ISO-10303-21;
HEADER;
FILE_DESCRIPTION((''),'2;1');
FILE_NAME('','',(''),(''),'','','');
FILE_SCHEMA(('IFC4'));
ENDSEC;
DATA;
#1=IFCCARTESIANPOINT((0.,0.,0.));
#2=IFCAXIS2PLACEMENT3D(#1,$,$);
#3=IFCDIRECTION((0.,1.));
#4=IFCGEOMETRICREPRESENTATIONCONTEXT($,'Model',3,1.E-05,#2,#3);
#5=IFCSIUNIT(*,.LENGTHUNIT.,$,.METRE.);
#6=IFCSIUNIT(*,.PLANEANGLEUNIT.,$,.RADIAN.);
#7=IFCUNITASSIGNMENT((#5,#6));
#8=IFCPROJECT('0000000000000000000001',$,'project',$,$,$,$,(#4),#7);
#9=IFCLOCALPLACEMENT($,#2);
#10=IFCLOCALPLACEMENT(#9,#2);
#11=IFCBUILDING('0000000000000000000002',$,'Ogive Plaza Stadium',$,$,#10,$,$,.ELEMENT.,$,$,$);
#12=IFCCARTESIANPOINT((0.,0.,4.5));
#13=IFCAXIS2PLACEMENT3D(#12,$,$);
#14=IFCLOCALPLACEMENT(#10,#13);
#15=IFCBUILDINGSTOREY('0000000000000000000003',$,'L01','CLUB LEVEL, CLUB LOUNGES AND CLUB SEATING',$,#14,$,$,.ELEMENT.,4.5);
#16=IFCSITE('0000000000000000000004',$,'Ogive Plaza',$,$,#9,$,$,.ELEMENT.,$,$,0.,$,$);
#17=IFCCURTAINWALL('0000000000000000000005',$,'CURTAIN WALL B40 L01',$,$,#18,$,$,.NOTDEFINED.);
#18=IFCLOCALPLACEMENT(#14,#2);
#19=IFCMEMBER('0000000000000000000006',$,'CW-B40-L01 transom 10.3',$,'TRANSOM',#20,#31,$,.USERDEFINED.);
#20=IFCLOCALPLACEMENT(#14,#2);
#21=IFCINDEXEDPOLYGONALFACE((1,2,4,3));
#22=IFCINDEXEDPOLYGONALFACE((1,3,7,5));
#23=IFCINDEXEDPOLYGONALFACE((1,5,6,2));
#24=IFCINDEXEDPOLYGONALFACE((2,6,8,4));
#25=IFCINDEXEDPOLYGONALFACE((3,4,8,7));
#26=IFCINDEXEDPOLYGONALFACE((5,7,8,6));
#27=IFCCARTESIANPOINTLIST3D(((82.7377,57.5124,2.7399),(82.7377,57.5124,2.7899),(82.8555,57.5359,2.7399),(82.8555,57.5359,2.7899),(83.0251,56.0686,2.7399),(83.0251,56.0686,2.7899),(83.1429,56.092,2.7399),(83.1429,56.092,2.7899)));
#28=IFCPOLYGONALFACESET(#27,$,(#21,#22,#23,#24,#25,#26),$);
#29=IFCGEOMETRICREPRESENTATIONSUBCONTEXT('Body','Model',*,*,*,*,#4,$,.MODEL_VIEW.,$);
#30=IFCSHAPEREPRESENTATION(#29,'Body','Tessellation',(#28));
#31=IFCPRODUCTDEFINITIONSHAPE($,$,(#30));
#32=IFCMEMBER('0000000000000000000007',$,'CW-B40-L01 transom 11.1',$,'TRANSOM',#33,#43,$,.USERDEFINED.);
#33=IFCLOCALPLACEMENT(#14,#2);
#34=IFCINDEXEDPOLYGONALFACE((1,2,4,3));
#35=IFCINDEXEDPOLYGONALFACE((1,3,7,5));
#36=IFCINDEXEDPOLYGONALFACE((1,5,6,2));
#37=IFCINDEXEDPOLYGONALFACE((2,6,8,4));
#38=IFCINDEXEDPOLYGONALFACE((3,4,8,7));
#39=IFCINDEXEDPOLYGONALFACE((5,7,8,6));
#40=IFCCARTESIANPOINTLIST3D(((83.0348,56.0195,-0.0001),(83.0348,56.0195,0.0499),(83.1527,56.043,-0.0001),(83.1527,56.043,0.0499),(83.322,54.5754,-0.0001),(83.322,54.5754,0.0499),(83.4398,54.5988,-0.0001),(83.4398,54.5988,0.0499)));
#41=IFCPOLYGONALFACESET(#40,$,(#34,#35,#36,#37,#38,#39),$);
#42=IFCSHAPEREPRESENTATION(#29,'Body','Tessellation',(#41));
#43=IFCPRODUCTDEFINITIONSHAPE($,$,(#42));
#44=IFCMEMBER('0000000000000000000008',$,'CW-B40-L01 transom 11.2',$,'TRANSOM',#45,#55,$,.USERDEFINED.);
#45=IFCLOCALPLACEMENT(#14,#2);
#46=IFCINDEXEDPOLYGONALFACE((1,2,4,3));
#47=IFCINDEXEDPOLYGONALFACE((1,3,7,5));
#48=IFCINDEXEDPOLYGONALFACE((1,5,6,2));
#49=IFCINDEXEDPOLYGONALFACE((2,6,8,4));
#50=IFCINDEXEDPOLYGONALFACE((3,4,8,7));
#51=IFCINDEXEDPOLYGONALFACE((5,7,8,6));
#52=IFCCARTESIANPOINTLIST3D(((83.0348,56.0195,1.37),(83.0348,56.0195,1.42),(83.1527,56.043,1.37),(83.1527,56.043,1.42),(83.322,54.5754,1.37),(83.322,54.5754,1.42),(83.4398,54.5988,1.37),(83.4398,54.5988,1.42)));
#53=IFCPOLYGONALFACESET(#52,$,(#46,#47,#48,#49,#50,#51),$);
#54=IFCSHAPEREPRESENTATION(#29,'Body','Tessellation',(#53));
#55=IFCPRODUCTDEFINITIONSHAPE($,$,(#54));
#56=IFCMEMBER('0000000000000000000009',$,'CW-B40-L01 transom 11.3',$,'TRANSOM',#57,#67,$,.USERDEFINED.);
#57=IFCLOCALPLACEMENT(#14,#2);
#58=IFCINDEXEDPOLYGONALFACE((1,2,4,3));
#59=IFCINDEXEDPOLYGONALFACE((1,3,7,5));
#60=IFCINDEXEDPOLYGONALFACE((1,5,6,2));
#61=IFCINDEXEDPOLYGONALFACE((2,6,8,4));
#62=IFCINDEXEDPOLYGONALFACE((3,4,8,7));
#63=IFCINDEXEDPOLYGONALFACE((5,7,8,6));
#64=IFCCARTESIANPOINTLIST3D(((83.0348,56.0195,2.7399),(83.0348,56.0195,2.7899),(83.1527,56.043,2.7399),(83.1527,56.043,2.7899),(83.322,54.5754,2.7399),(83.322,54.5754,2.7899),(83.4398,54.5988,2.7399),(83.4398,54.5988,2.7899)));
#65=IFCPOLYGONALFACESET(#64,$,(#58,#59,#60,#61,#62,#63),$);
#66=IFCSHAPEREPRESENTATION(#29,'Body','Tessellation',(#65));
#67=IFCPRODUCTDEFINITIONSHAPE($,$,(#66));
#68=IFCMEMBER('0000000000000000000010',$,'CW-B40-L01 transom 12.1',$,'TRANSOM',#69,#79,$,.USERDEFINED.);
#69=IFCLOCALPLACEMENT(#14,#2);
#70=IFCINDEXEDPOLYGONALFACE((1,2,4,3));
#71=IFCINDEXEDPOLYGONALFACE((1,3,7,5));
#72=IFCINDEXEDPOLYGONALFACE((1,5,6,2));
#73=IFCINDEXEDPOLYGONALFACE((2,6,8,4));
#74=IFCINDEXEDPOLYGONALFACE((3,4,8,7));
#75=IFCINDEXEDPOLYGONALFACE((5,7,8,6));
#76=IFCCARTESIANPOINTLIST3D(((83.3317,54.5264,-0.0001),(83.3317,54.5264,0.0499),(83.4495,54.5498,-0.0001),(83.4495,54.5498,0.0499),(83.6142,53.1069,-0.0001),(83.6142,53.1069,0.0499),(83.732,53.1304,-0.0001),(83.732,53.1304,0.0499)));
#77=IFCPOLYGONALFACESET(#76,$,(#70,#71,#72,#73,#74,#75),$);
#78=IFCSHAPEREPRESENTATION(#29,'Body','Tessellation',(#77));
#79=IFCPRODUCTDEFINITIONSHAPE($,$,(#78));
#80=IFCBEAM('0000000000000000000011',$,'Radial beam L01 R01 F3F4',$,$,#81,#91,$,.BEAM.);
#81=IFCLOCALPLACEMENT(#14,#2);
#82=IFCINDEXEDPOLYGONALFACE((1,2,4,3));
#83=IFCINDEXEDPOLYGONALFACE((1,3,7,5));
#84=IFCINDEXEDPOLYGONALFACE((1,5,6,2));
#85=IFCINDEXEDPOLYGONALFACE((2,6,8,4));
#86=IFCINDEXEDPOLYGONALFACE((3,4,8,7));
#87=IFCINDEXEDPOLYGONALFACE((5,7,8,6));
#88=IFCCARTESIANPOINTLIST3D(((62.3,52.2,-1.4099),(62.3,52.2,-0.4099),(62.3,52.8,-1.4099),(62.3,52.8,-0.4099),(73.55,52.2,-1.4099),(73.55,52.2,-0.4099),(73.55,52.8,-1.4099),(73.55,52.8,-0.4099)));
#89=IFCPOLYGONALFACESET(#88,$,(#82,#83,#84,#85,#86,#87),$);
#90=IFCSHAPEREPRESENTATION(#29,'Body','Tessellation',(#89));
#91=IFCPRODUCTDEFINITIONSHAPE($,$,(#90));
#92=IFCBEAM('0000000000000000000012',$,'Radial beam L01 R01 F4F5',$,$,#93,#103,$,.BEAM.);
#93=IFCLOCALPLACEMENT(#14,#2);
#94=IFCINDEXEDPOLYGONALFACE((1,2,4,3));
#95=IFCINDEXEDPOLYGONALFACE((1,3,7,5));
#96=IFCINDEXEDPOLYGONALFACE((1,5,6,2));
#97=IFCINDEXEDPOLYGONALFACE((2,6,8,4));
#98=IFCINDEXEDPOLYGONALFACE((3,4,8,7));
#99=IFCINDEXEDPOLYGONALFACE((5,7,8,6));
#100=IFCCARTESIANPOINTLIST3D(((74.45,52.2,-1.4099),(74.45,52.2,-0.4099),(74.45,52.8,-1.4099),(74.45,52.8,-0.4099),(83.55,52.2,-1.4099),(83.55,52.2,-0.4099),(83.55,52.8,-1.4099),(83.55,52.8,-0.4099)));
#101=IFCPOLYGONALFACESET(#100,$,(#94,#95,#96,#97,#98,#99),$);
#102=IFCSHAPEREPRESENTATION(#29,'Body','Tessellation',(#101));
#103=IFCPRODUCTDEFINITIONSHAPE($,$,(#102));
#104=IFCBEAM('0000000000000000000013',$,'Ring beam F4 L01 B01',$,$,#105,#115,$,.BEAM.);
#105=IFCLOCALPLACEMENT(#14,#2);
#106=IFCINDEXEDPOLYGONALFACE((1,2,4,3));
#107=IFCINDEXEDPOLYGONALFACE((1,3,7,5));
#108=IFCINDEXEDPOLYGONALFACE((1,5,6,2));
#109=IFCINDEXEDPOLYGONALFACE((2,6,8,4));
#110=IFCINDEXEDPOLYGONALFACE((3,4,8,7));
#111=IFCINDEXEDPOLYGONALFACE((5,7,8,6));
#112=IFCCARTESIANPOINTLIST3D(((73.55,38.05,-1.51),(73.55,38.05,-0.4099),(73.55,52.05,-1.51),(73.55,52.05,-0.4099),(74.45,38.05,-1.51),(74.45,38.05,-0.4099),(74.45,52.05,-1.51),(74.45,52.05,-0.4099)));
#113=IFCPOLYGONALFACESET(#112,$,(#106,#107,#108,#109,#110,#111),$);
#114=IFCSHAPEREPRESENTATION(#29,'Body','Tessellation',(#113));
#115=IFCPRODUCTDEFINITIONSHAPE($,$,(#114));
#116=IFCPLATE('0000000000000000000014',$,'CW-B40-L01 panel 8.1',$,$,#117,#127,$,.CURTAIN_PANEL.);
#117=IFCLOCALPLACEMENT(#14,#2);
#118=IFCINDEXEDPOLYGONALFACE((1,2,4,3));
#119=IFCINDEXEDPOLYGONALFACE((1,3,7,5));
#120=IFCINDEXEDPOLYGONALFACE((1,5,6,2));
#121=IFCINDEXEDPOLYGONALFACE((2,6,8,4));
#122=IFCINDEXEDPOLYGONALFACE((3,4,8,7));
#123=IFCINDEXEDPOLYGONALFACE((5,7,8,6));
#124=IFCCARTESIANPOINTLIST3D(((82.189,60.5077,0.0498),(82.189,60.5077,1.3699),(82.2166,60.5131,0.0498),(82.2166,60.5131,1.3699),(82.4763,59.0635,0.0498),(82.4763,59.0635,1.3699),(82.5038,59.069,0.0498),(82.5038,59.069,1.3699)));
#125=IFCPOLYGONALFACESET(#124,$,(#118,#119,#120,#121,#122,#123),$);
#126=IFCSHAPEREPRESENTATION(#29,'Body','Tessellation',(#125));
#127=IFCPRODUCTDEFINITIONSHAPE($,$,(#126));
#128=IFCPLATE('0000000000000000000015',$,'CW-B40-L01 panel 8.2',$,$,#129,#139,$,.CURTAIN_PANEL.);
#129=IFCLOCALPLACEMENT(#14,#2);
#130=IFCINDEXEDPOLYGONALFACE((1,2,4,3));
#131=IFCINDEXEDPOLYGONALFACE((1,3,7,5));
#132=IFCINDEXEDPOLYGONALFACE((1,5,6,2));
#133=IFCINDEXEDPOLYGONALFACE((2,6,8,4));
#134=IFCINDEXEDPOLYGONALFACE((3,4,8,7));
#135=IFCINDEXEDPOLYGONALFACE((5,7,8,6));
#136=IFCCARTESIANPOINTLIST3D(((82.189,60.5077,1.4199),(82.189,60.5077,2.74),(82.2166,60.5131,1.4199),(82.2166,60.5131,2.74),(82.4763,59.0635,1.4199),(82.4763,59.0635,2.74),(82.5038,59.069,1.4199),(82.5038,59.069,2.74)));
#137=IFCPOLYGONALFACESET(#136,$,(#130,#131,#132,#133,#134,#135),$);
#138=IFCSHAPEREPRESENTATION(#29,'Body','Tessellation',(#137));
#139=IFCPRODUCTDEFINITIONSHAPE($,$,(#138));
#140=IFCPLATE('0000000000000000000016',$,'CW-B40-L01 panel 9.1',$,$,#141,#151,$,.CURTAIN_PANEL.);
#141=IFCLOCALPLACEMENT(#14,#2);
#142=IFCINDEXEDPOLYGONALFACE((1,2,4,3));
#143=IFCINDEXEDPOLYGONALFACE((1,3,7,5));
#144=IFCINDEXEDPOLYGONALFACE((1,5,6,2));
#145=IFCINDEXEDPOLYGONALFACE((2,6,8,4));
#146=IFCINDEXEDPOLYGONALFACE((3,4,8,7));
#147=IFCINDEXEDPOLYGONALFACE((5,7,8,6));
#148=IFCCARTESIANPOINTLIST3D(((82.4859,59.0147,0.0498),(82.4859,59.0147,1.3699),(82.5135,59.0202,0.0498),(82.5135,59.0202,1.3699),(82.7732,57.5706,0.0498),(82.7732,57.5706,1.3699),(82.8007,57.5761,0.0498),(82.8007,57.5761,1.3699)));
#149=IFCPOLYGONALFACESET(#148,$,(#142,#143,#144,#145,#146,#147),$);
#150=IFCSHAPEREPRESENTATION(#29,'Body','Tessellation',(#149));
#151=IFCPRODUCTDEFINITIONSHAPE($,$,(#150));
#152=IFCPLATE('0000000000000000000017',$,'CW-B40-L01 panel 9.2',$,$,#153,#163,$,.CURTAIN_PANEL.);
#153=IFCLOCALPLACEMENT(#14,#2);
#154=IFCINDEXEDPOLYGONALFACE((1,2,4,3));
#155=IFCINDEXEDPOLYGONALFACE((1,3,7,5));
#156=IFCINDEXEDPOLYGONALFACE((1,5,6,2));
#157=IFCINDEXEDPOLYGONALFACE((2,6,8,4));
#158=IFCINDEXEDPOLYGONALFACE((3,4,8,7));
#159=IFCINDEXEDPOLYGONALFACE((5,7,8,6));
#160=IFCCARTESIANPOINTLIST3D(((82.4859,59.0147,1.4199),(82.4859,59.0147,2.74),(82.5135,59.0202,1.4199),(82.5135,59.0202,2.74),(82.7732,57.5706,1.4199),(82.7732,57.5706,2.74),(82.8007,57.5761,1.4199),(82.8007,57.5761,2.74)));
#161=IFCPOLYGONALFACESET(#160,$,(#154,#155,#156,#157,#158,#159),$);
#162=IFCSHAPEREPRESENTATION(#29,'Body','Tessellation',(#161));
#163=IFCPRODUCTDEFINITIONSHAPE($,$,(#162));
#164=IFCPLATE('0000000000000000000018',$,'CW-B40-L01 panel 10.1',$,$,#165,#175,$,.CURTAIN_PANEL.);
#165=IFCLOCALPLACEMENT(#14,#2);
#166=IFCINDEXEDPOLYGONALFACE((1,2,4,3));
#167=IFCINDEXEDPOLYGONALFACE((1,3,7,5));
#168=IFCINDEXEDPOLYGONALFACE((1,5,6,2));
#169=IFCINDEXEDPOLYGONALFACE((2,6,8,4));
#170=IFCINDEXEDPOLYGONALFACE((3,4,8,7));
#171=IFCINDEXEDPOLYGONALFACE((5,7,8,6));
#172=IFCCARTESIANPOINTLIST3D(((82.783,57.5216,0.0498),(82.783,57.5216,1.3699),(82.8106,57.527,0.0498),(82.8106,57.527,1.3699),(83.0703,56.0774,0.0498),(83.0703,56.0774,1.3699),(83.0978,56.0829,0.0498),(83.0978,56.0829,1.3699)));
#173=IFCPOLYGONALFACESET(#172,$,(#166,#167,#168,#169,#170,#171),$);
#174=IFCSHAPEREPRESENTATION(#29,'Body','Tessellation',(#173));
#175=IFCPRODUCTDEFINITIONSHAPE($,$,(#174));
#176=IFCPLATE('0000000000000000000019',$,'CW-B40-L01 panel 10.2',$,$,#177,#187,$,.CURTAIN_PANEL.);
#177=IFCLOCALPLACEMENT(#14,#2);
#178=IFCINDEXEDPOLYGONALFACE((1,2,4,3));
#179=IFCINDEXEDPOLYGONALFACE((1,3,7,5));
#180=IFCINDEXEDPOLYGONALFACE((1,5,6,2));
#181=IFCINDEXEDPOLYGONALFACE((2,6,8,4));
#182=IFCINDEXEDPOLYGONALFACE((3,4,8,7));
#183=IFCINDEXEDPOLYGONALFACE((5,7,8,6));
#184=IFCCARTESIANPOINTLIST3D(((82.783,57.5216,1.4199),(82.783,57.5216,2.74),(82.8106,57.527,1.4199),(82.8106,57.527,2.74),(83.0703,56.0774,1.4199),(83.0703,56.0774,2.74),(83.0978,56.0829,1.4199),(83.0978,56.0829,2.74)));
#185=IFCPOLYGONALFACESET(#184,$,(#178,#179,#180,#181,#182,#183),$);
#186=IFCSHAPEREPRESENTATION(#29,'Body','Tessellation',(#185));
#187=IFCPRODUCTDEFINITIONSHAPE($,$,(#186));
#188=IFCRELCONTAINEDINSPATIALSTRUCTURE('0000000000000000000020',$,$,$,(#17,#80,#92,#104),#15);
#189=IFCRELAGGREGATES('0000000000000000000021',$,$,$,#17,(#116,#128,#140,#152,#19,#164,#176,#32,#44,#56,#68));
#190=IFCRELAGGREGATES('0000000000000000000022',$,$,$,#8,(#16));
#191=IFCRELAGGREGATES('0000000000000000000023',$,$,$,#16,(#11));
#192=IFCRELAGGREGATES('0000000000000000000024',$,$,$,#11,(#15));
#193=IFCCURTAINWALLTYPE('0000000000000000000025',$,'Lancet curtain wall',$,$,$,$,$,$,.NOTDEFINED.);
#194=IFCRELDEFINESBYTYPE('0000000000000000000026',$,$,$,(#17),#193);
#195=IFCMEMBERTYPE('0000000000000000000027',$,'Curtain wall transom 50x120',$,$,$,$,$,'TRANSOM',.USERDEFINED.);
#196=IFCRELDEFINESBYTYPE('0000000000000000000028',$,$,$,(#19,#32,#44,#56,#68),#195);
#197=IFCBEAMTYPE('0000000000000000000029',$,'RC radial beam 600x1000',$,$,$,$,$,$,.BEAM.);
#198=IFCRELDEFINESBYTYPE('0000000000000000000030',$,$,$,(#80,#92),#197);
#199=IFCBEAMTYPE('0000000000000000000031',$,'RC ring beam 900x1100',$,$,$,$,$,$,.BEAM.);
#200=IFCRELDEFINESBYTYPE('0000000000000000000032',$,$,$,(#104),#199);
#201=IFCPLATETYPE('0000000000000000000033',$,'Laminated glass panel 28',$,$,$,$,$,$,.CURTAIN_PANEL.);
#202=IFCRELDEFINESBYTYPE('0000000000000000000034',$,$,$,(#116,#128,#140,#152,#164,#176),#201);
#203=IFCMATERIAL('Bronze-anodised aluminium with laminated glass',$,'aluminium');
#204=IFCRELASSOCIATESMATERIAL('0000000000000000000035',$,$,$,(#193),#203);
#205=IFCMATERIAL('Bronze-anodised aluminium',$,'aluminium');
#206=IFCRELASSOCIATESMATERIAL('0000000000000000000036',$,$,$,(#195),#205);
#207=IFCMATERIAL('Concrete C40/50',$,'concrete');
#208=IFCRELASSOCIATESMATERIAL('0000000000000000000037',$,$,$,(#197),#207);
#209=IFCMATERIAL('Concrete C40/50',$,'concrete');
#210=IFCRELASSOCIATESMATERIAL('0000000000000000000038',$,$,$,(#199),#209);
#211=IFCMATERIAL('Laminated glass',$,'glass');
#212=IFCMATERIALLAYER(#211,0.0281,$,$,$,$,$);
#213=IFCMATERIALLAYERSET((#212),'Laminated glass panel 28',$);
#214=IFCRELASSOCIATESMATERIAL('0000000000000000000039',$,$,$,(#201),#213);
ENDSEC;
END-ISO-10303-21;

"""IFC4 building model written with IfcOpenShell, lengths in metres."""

from ifc_helpers import new_model, si_unit, direction, frame, origin, origin_2d, place, context, subcontext, project, spatial, rectangle, extrude, material, layer, layer_set, material_profile, profile_set, type_object, element, aggregate, save


model = new_model("IFC4")

# Units and contexts
model_context = context("Model", 3, precision=1e-05, world=origin(), true_north=direction((0.0, 1.0)))
body_context = subcontext(model_context, "Body", "Model", "MODEL_VIEW")
ifc_project = project(units=[si_unit("LENGTHUNIT", "METRE"), si_unit("PLANEANGLEUNIT", "RADIAN")], contexts=[model_context])

# Site, building, storey
site_placement = place(None, origin())
site = spatial("IfcSite", under=ifc_project, at=site_placement, Name="Ogive Plaza", CompositionType="ELEMENT", RefElevation=0.0)
building_placement = place(site_placement, origin())
building = spatial("IfcBuilding", under=site, at=building_placement, Name="Ogive Plaza Stadium", CompositionType="ELEMENT")
storey_placement = place(building_placement, frame((0.0, 0.0, 4.5)))
storey = spatial("IfcBuildingStorey", under=building, at=storey_placement, Name="L01", Description="CLUB LEVEL, CLUB LOUNGES AND CLUB SEATING", CompositionType="ELEMENT", Elevation=4.5)

# Curtain wall, members
ifc_material_1 = material(Name="Bronze-anodised aluminium with laminated glass", Category="aluminium")
curtain_wall_type = type_object("IfcCurtainWallType", Name="Lancet curtain wall", PredefinedType="NOTDEFINED", material=ifc_material_1)
curtain_wall_placement = place(storey_placement, origin())
curtain_wall = element("IfcCurtainWall", 1, at=curtain_wall_placement, inside=storey, type_object=curtain_wall_type, Name="CURTAIN WALL B40 L01", PredefinedType="NOTDEFINED")
ifc_material_2 = material(Name="Bronze-anodised aluminium", Category="aluminium")
ifc_material_profile_1 = material_profile(ifc_material_2, rectangle(XDim=0.1201, YDim=0.05, at=origin_2d()), Name="AL 120x50")
ifc_profile_set_1 = profile_set([ifc_material_profile_1], Name="Bronze-anodised aluminium")
member_type_1 = type_object("IfcMemberType", Name="Curtain wall transom 50x120", ElementType="TRANSOM", PredefinedType="USERDEFINED", material=ifc_profile_set_1)
member_1_placement = place(storey_placement, frame((82.7966, 57.5242, 2.7649), z_axis=(0.195191, -0.980765, 0.0), x_axis=(0.980765, 0.195191, 0.0)))
member_1 = element("IfcMember", 2, at=member_1_placement, type_object=member_type_1, Name="CW-B40-L01 transom 10.3", ObjectType="TRANSOM", PredefinedType="USERDEFINED", context=body_context, shape_type="SweptSolid", body=[
    extrude(rectangle(XDim=0.1201, YDim=0.05, at=origin_2d()), origin(), (0.0, 0.0, 1.0), 1.4722),
])
member_2_placement = place(storey_placement, frame((83.0938, 56.0312, 0.0249), z_axis=(0.195, -0.980803, 0.0), x_axis=(0.980803, 0.195, 0.0)))
member_2 = element("IfcMember", 3, at=member_2_placement, type_object=member_type_1, Name="CW-B40-L01 transom 11.1", ObjectType="TRANSOM", PredefinedType="USERDEFINED", context=body_context, shape_type="SweptSolid", body=[
    extrude(rectangle(XDim=0.1201, YDim=0.05, at=origin_2d()), origin(), (0.0, 0.0, 1.0), 1.4724),
])
member_3_placement = place(storey_placement, frame((83.0938, 56.0312, 1.395), z_axis=(0.195, -0.980803, 0.0), x_axis=(0.980803, 0.195, 0.0)))
member_3 = element("IfcMember", 4, at=member_3_placement, type_object=member_type_1, Name="CW-B40-L01 transom 11.2", ObjectType="TRANSOM", PredefinedType="USERDEFINED", context=body_context, shape_type="SweptSolid", body=[
    extrude(rectangle(XDim=0.1201, YDim=0.05, at=origin_2d()), origin(), (0.0, 0.0, 1.0), 1.4724),
])
member_4_placement = place(storey_placement, frame((83.0938, 56.0312, 2.7649), z_axis=(0.195, -0.980803, 0.0), x_axis=(0.980803, 0.195, 0.0)))
member_4 = element("IfcMember", 5, at=member_4_placement, type_object=member_type_1, Name="CW-B40-L01 transom 11.3", ObjectType="TRANSOM", PredefinedType="USERDEFINED", context=body_context, shape_type="SweptSolid", body=[
    extrude(rectangle(XDim=0.1201, YDim=0.05, at=origin_2d()), origin(), (0.0, 0.0, 1.0), 1.4724),
])
member_5_placement = place(storey_placement, frame((83.3906, 54.5381, 0.0249), z_axis=(0.195175, -0.980768, 0.0), x_axis=(0.980768, 0.195175, 0.0)))
member_5 = element("IfcMember", 6, at=member_5_placement, type_object=member_type_1, Name="CW-B40-L01 transom 12.1", ObjectType="TRANSOM", PredefinedType="USERDEFINED", context=body_context, shape_type="SweptSolid", body=[
    extrude(rectangle(XDim=0.1201, YDim=0.05, at=origin_2d()), origin(), (0.0, 0.0, 1.0), 1.4473),
])

# Beams
ifc_material_3 = material(Name="Concrete C40/50", Category="concrete")
ifc_material_profile_2 = material_profile(ifc_material_3, rectangle(XDim=0.6001, YDim=1.0, at=origin_2d()), Name="RC 600x1000")
ifc_profile_set_2 = profile_set([ifc_material_profile_2], Name="Concrete C40/50")
beam_type_1 = type_object("IfcBeamType", Name="RC radial beam 600x1000", PredefinedType="BEAM", material=ifc_profile_set_2)
beam_1_placement = place(storey_placement, frame((62.3, 52.5, -0.9099), z_axis=(1.0, 0.0, 0.0), x_axis=(0.0, 1.0, 0.0)))
element("IfcBeam", 7, at=beam_1_placement, inside=storey, type_object=beam_type_1, Name="Radial beam L01 R01 F3F4", PredefinedType="BEAM", context=body_context, shape_type="SweptSolid", body=[
    extrude(rectangle(XDim=0.6001, YDim=1.0, at=origin_2d()), origin(), (0.0, 0.0, 1.0), 11.25),
])
beam_2_placement = place(storey_placement, frame((74.45, 52.5, -0.9099), z_axis=(1.0, 0.0, 0.0), x_axis=(0.0, 1.0, 0.0)))
element("IfcBeam", 8, at=beam_2_placement, inside=storey, type_object=beam_type_1, Name="Radial beam L01 R01 F4F5", PredefinedType="BEAM", context=body_context, shape_type="SweptSolid", body=[
    extrude(rectangle(XDim=0.6001, YDim=1.0, at=origin_2d()), origin(), (0.0, 0.0, 1.0), 9.1001),
])
ifc_material_4 = material(Name="Concrete C40/50", Category="concrete")
ifc_material_profile_3 = material_profile(ifc_material_4, rectangle(XDim=0.8999, YDim=1.1001, at=origin_2d()), Name="RC 900x1100")
ifc_profile_set_3 = profile_set([ifc_material_profile_3], Name="Concrete C40/50")
beam_type_2 = type_object("IfcBeamType", Name="RC ring beam 900x1100", PredefinedType="BEAM", material=ifc_profile_set_3)
beam_3_placement = place(storey_placement, frame((74.0, 52.05, -0.96), z_axis=(0.0, -1.0, 0.0), x_axis=(1.0, 0.0, 0.0)))
element("IfcBeam", 9, at=beam_3_placement, inside=storey, type_object=beam_type_2, Name="Ring beam F4 L01 B01", PredefinedType="BEAM", context=body_context, shape_type="SweptSolid", body=[
    extrude(rectangle(XDim=0.8999, YDim=1.1001, at=origin_2d()), origin(), (0.0, 0.0, 1.0), 14.0),
])

# Plates
ifc_material_5 = material(Name="Laminated glass", Category="glass")
ifc_layer = layer(ifc_material_5, 0.0281)
ifc_layer_set = layer_set([ifc_layer], Name="Laminated glass panel 28")
plate_type = type_object("IfcPlateType", Name="Laminated glass panel 28", PredefinedType="CURTAIN_PANEL", material=ifc_layer_set)
plate_1_placement = place(storey_placement, frame((82.3464, 59.7883, 0.0498), z_axis=(0.0, 0.0, 1.0), x_axis=(0.19509, -0.980785, 0.0)))
plate_1 = element("IfcPlate", 10, at=plate_1_placement, type_object=plate_type, Name="CW-B40-L01 panel 8.1", PredefinedType="CURTAIN_PANEL", context=body_context, shape_type="SweptSolid", body=[
    extrude(rectangle(XDim=1.4724, YDim=0.0281, at=origin_2d()), origin(), (0.0, 0.0, 1.0), 1.3201),
])
plate_2_placement = place(storey_placement, frame((82.3464, 59.7883, 1.4199), z_axis=(0.0, 0.0, 1.0), x_axis=(0.19509, -0.980785, 0.0)))
plate_2 = element("IfcPlate", 11, at=plate_2_placement, type_object=plate_type, Name="CW-B40-L01 panel 8.2", PredefinedType="CURTAIN_PANEL", context=body_context, shape_type="SweptSolid", body=[
    extrude(rectangle(XDim=1.4724, YDim=0.0281, at=origin_2d()), origin(), (0.0, 0.0, 1.0), 1.3201),
])
plate_3_placement = place(storey_placement, frame((82.6433, 58.2954, 0.0498), z_axis=(0.0, 0.0, 1.0), x_axis=(0.19509, -0.980785, 0.0)))
plate_3 = element("IfcPlate", 12, at=plate_3_placement, type_object=plate_type, Name="CW-B40-L01 panel 9.1", PredefinedType="CURTAIN_PANEL", context=body_context, shape_type="SweptSolid", body=[
    extrude(rectangle(XDim=1.4724, YDim=0.0281, at=origin_2d()), origin(), (0.0, 0.0, 1.0), 1.3201),
])
plate_4_placement = place(storey_placement, frame((82.6433, 58.2954, 1.4199), z_axis=(0.0, 0.0, 1.0), x_axis=(0.19509, -0.980785, 0.0)))
plate_4 = element("IfcPlate", 13, at=plate_4_placement, type_object=plate_type, Name="CW-B40-L01 panel 9.2", PredefinedType="CURTAIN_PANEL", context=body_context, shape_type="SweptSolid", body=[
    extrude(rectangle(XDim=1.4724, YDim=0.0281, at=origin_2d()), origin(), (0.0, 0.0, 1.0), 1.3201),
])
plate_5_placement = place(storey_placement, frame((82.9404, 56.8022, 0.0498), z_axis=(0.0, 0.0, 1.0), x_axis=(0.19509, -0.980785, 0.0)))
plate_5 = element("IfcPlate", 14, at=plate_5_placement, type_object=plate_type, Name="CW-B40-L01 panel 10.1", PredefinedType="CURTAIN_PANEL", context=body_context, shape_type="SweptSolid", body=[
    extrude(rectangle(XDim=1.4724, YDim=0.0281, at=origin_2d()), origin(), (0.0, 0.0, 1.0), 1.3201),
])
plate_6_placement = place(storey_placement, frame((82.9404, 56.8022, 1.4199), z_axis=(0.0, 0.0, 1.0), x_axis=(0.19509, -0.980785, 0.0)))
plate_6 = element("IfcPlate", 15, at=plate_6_placement, type_object=plate_type, Name="CW-B40-L01 panel 10.2", PredefinedType="CURTAIN_PANEL", context=body_context, shape_type="SweptSolid", body=[
    extrude(rectangle(XDim=1.4724, YDim=0.0281, at=origin_2d()), origin(), (0.0, 0.0, 1.0), 1.3201),
])
aggregate(curtain_wall, [plate_1, plate_2, plate_3, plate_4, member_1, plate_5, plate_6, member_2, member_3, member_4, member_5])

save(model, "model.ifc")
